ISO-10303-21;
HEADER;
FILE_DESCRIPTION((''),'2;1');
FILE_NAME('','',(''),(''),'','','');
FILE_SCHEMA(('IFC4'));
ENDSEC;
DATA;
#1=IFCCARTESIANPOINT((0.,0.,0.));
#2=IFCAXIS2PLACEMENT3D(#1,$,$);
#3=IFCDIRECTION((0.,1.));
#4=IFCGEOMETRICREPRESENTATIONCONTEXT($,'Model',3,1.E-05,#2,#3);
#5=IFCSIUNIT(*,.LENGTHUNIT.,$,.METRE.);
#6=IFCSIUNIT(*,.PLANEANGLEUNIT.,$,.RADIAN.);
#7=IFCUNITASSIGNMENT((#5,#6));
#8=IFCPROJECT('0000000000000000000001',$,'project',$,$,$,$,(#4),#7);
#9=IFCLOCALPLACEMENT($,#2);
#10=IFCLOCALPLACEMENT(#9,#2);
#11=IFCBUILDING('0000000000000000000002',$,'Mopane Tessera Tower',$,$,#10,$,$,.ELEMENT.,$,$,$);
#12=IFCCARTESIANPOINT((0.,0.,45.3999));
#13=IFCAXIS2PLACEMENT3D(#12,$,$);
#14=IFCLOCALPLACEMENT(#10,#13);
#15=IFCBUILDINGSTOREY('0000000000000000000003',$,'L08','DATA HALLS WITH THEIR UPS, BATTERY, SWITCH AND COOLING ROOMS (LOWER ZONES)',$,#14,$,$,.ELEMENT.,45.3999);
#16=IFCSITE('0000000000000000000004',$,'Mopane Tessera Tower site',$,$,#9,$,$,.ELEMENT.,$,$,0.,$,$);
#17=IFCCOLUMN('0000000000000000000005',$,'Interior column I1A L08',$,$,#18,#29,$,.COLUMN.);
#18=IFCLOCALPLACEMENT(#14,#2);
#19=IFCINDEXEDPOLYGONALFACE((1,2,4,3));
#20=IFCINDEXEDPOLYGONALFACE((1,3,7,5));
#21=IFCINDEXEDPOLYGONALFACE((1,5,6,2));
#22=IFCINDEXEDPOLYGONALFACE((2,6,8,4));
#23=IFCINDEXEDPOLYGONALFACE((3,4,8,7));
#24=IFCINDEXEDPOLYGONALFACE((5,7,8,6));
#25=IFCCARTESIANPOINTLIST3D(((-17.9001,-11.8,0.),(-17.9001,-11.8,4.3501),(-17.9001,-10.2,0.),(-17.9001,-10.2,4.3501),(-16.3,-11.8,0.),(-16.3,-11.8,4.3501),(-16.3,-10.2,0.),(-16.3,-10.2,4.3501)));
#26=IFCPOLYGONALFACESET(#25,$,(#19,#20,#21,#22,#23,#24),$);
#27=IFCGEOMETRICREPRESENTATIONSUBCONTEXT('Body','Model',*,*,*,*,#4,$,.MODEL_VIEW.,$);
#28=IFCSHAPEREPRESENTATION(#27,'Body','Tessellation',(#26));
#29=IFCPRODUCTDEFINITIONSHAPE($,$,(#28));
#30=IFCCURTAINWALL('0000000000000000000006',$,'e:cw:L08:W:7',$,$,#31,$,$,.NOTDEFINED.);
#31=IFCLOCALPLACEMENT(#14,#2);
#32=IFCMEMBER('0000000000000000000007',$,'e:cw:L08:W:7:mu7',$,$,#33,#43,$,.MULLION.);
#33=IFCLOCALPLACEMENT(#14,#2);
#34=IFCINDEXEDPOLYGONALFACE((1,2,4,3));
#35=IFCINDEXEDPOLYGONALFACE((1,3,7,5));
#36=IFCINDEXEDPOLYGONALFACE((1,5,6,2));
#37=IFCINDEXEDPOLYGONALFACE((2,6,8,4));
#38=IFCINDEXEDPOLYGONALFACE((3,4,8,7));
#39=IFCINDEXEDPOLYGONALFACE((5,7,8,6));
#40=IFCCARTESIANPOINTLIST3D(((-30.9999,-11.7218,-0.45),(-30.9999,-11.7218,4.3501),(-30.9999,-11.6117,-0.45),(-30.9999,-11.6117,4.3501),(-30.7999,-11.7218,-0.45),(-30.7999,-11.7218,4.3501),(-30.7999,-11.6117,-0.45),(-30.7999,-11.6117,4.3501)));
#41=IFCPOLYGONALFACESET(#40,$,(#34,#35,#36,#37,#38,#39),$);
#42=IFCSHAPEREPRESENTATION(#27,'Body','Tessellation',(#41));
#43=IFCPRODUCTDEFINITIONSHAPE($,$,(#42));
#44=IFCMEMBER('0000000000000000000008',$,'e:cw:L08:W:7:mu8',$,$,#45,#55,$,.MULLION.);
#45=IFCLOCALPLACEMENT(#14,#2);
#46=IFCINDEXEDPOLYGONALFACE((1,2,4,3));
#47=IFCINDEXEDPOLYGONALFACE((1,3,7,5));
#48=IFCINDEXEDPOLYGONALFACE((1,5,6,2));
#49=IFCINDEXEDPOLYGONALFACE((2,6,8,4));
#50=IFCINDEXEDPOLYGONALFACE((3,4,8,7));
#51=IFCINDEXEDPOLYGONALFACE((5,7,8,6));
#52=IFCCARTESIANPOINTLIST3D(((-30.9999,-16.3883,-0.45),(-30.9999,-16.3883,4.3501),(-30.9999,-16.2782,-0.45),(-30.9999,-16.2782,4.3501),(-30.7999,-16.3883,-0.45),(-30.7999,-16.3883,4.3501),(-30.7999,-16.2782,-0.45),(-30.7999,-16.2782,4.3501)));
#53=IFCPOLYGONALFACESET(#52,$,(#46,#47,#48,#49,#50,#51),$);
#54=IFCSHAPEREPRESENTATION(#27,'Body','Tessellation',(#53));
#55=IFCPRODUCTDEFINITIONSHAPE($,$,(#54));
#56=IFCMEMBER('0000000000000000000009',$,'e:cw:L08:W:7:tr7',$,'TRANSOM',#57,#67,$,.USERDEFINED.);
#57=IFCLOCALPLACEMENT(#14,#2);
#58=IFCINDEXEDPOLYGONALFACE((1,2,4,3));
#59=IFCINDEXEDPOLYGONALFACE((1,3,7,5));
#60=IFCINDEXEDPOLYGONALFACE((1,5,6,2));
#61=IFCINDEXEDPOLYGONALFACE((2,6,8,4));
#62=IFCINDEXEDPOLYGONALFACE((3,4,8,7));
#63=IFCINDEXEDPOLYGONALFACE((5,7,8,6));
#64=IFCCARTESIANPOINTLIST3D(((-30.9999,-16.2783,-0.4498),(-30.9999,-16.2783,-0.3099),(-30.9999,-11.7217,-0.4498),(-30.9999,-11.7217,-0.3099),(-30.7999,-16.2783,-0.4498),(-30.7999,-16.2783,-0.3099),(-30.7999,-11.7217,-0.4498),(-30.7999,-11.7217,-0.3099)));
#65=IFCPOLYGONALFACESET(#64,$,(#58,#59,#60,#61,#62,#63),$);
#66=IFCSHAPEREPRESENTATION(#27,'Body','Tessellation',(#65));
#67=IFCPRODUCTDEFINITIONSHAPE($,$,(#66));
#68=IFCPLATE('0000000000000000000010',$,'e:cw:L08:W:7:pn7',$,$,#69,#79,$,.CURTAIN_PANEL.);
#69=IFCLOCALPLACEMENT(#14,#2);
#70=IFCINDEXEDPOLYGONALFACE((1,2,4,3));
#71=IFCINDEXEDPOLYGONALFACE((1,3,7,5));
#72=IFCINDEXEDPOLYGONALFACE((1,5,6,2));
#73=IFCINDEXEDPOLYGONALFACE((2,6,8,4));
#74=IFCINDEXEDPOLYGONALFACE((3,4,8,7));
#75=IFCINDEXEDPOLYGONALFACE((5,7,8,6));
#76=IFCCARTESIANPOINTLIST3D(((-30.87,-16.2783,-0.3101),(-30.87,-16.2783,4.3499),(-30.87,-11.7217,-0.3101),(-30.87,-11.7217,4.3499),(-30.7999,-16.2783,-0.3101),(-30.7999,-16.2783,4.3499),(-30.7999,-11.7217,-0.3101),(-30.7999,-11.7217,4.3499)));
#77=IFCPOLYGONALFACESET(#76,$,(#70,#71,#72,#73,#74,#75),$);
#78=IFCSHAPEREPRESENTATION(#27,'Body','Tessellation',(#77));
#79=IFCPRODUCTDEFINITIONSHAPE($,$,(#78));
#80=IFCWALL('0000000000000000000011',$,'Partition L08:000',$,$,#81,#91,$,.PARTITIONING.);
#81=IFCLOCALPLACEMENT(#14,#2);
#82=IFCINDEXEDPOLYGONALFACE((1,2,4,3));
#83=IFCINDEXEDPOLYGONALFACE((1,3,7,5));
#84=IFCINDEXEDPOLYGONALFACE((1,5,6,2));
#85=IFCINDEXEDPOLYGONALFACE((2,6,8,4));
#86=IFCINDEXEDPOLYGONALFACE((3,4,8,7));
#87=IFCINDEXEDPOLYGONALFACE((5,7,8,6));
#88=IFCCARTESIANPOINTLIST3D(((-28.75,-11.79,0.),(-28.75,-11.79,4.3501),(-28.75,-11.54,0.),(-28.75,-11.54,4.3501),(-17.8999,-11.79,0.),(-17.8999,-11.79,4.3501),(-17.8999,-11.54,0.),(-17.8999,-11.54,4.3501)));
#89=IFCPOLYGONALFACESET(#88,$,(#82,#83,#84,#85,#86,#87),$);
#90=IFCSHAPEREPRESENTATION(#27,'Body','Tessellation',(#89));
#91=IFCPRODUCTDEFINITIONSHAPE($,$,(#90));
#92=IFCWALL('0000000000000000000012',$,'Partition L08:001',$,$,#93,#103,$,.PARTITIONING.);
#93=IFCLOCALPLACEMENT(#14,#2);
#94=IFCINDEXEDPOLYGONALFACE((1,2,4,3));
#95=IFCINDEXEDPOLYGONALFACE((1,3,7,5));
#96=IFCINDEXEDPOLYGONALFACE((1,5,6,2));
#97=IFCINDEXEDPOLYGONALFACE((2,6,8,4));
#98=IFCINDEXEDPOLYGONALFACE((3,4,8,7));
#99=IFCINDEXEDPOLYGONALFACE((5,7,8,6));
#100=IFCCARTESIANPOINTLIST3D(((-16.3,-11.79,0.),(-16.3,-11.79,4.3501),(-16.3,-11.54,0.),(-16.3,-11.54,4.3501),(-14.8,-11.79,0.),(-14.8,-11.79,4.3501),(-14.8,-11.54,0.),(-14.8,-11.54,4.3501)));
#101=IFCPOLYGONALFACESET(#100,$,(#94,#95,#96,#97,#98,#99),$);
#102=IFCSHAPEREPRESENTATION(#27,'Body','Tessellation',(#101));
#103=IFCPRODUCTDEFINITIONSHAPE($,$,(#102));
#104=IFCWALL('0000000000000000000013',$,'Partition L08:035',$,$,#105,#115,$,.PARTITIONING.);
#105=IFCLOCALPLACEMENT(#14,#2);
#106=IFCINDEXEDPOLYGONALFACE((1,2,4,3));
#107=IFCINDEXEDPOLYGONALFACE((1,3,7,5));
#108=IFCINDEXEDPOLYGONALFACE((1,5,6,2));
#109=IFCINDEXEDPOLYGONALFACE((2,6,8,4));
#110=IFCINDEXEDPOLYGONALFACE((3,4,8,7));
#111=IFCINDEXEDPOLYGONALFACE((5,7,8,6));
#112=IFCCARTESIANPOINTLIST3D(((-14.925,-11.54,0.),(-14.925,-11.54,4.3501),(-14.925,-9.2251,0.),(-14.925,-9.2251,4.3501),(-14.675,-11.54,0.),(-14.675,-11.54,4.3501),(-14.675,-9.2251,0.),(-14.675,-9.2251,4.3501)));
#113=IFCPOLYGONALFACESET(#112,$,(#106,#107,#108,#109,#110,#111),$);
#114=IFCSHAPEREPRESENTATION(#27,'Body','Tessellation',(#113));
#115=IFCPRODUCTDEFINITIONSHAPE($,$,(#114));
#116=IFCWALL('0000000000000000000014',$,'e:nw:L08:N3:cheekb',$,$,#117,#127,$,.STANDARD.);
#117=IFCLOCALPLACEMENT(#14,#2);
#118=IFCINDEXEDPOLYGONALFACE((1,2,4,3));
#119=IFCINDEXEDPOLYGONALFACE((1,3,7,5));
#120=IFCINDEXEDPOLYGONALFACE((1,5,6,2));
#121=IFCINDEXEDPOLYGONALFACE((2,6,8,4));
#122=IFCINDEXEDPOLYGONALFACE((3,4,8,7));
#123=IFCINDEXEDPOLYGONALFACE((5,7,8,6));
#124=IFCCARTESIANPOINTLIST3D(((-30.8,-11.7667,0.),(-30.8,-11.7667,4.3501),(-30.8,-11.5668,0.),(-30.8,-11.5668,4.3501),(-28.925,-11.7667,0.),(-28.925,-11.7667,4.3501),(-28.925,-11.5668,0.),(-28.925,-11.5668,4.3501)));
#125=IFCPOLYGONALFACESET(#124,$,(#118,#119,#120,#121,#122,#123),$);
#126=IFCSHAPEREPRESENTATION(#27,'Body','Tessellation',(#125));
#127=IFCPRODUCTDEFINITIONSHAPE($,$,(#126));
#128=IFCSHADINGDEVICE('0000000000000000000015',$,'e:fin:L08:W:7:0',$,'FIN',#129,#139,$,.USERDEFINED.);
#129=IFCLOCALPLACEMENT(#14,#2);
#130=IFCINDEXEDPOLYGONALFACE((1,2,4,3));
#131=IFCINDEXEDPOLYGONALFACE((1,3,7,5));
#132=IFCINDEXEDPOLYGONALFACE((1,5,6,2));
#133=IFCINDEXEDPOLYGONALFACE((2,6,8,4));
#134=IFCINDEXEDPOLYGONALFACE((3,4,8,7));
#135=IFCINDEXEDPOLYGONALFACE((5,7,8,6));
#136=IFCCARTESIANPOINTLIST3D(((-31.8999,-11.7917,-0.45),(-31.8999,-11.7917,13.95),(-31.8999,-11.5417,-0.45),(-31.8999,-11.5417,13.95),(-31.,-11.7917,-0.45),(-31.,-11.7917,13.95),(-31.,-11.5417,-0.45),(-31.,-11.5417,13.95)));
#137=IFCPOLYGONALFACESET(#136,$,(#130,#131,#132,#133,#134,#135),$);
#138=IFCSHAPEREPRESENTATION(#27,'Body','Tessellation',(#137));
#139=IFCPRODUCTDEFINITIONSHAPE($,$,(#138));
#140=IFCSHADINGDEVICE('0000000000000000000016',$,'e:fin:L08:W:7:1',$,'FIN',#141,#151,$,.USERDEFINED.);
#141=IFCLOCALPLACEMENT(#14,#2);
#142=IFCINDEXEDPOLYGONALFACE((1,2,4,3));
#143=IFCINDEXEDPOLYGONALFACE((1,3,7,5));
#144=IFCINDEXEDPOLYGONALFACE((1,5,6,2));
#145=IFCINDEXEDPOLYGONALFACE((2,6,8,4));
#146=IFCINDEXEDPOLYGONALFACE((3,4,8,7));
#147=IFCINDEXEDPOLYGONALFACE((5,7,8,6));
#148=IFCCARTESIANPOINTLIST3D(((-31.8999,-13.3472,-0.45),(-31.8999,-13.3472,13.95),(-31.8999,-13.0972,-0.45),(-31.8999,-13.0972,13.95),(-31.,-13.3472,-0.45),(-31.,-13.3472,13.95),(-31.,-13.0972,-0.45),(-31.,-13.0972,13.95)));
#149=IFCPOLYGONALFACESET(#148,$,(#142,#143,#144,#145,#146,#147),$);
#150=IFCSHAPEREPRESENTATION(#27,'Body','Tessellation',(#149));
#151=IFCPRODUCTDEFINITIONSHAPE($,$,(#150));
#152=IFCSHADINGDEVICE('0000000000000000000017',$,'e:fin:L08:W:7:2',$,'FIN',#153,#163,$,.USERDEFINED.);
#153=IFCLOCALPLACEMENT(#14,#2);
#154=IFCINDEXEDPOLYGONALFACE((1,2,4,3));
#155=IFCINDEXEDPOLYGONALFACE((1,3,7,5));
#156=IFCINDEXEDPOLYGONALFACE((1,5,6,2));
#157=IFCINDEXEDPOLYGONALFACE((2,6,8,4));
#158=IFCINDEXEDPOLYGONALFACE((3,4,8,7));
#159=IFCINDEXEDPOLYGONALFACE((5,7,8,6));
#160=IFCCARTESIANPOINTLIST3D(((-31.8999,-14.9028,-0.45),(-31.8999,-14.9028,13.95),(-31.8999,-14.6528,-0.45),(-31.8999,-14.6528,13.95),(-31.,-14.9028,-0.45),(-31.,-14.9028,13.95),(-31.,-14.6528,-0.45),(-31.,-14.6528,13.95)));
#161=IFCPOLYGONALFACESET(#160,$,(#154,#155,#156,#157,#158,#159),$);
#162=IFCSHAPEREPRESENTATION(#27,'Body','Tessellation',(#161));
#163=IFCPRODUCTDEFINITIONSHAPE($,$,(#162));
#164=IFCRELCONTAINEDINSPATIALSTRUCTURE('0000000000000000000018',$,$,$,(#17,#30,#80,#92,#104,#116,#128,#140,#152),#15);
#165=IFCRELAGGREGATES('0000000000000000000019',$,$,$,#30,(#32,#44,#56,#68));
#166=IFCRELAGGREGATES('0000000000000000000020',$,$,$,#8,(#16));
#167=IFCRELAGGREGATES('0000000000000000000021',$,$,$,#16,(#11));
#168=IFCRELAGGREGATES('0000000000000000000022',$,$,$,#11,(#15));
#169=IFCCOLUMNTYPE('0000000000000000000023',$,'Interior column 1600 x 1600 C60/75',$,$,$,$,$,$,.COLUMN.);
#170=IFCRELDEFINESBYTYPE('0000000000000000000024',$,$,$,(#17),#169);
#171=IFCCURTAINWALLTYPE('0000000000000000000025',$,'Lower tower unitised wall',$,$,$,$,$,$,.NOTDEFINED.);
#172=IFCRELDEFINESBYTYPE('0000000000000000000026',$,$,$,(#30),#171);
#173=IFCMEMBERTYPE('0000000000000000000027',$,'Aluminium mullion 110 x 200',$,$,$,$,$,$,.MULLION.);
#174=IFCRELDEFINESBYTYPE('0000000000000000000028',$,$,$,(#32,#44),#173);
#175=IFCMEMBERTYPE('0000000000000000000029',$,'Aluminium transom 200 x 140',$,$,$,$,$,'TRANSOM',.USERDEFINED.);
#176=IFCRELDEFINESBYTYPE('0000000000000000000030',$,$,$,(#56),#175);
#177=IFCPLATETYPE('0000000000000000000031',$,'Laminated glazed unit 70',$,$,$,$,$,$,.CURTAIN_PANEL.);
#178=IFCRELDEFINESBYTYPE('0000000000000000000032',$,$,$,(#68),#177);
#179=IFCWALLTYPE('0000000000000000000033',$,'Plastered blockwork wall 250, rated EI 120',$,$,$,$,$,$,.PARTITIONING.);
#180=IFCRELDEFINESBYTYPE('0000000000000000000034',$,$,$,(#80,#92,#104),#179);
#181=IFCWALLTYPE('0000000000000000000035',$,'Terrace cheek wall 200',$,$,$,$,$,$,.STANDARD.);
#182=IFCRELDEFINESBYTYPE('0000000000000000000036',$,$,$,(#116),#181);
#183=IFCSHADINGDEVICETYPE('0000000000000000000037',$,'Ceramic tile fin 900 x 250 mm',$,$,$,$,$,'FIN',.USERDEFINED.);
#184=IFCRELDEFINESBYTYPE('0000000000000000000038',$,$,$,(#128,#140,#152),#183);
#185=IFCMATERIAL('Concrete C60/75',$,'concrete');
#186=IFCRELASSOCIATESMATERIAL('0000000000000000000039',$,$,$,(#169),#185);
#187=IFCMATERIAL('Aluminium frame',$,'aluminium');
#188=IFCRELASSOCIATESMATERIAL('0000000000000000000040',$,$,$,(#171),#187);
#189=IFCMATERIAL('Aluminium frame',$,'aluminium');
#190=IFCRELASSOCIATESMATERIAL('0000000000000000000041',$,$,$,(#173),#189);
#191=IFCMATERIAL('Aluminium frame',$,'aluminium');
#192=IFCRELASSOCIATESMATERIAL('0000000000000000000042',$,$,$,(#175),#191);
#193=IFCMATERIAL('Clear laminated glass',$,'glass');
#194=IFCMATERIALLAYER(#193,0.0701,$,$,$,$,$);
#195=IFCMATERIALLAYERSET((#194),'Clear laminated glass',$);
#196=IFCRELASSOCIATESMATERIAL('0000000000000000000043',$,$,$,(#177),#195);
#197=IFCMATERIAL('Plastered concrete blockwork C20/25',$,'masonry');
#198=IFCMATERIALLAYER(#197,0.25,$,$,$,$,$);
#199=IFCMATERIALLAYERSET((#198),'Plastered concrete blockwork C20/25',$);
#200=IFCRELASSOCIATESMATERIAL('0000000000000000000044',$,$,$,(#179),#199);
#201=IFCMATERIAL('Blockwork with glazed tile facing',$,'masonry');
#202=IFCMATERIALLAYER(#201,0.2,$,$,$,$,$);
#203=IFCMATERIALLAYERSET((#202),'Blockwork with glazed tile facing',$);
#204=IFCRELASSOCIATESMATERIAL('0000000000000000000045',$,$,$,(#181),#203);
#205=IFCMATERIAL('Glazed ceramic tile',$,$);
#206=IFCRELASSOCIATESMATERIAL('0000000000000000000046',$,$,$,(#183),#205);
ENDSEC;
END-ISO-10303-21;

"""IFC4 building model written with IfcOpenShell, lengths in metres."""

from ifc_helpers import new_model, si_unit, direction, frame, frame_2d, origin, origin_2d, place, context, subcontext, project, spatial, rectangle, extrude, material, layer, layer_set, material_profile, profile_set, type_object, element, aggregate, save


model = new_model("IFC4")

# Units and contexts
model_context = context("Model", 3, precision=1e-05, world=origin(), true_north=direction((0.0, 1.0)))
body_context = subcontext(model_context, "Body", "Model", "MODEL_VIEW")
ifc_project = project(units=[si_unit("LENGTHUNIT", "METRE"), si_unit("PLANEANGLEUNIT", "RADIAN")], contexts=[model_context])

# Site, building, storey
site_placement = place(None, origin())
site = spatial("IfcSite", under=ifc_project, at=site_placement, Name="Mopane Tessera Tower site", CompositionType="ELEMENT", RefElevation=0.0)
building_placement = place(site_placement, origin())
building = spatial("IfcBuilding", under=site, at=building_placement, Name="Mopane Tessera Tower", CompositionType="ELEMENT")
storey_placement = place(building_placement, frame((0.0, 0.0, 45.3999)))
storey = spatial("IfcBuildingStorey", under=building, at=storey_placement, Name="L08", Description="DATA HALLS WITH THEIR UPS, BATTERY, SWITCH AND COOLING ROOMS (LOWER ZONES)", CompositionType="ELEMENT", Elevation=45.3999)

# Column
ifc_material_1 = material(Name="Concrete C60/75", Category="concrete")
ifc_material_profile_1 = material_profile(ifc_material_1, rectangle(XDim=1.6001, YDim=1.6001, at=origin_2d()))
ifc_profile_set_1 = profile_set([ifc_material_profile_1], Name="Concrete C60/75")
column_type = type_object("IfcColumnType", Name="Interior column 1600 x 1600 C60/75", PredefinedType="COLUMN", material=ifc_profile_set_1)
column_placement = place(storey_placement, frame((-17.1001, -11.0, 0.0), z_axis=(0.0, 0.0, 1.0), x_axis=(1.0, 0.0, 0.0)))
element("IfcColumn", 1, at=column_placement, inside=storey, type_object=column_type, Name="Interior column I1A L08", PredefinedType="COLUMN", context=body_context, shape_type="SweptSolid", body=[
    extrude(rectangle(XDim=1.6001, YDim=1.6001, at=origin_2d()), origin(), (0.0, 0.0, 1.0), 4.3501),
])

# Curtain wall, members, plate
ifc_material_2 = material(Name="Aluminium frame", Category="aluminium")
curtain_wall_type = type_object("IfcCurtainWallType", Name="Lower tower unitised wall", PredefinedType="NOTDEFINED", material=ifc_material_2)
curtain_wall_placement = place(storey_placement, origin())
curtain_wall = element("IfcCurtainWall", 2, at=curtain_wall_placement, inside=storey, type_object=curtain_wall_type, Name="e:cw:L08:W:7", PredefinedType="NOTDEFINED")
ifc_material_3 = material(Name="Aluminium frame", Category="aluminium")
ifc_material_profile_2 = material_profile(ifc_material_3, rectangle(XDim=0.1101, YDim=0.2, at=origin_2d()))
ifc_profile_set_2 = profile_set([ifc_material_profile_2], Name="Aluminium frame")
member_type_1 = type_object("IfcMemberType", Name="Aluminium mullion 110 x 200", PredefinedType="MULLION", material=ifc_profile_set_2)
member_1_placement = place(storey_placement, frame((-30.8999, -11.6667, -0.45), z_axis=(0.0, 0.0, 1.0), x_axis=(0.0, -1.0, 0.0)))
member_1 = element("IfcMember", 3, at=member_1_placement, type_object=member_type_1, Name="e:cw:L08:W:7:mu7", PredefinedType="MULLION", context=body_context, shape_type="SweptSolid", body=[
    extrude(rectangle(XDim=0.1101, YDim=0.2, at=origin_2d()), origin(), (0.0, 0.0, 1.0), 4.8),
])
member_2_placement = place(storey_placement, frame((-30.8999, -16.3333, -0.45), z_axis=(0.0, 0.0, 1.0), x_axis=(0.0, -1.0, 0.0)))
member_2 = element("IfcMember", 4, at=member_2_placement, type_object=member_type_1, Name="e:cw:L08:W:7:mu8", PredefinedType="MULLION", context=body_context, shape_type="SweptSolid", body=[
    extrude(rectangle(XDim=0.1101, YDim=0.2, at=origin_2d()), origin(), (0.0, 0.0, 1.0), 4.8),
])
ifc_material_4 = material(Name="Aluminium frame", Category="aluminium")
ifc_material_profile_3 = material_profile(ifc_material_4, rectangle(XDim=0.2, YDim=0.1399, at=origin_2d()))
ifc_profile_set_3 = profile_set([ifc_material_profile_3], Name="Aluminium frame")
member_type_2 = type_object("IfcMemberType", Name="Aluminium transom 200 x 140", ElementType="TRANSOM", PredefinedType="USERDEFINED", material=ifc_profile_set_3)
member_3_placement = place(storey_placement, frame((-30.8999, -11.7217, -0.3799), z_axis=(0.0, -1.0, 0.0), x_axis=(1.0, 0.0, 0.0)))
member_3 = element("IfcMember", 5, at=member_3_placement, type_object=member_type_2, Name="e:cw:L08:W:7:tr7", ObjectType="TRANSOM", PredefinedType="USERDEFINED", context=body_context, shape_type="SweptSolid", body=[
    extrude(rectangle(XDim=0.2, YDim=0.1399, at=origin_2d()), origin(), (0.0, 0.0, 1.0), 4.5566),
])
ifc_material_5 = material(Name="Clear laminated glass", Category="glass")
ifc_layer_1 = layer(ifc_material_5, 0.0701)
ifc_layer_set_1 = layer_set([ifc_layer_1], Name="Clear laminated glass")
plate_type = type_object("IfcPlateType", Name="Laminated glazed unit 70", PredefinedType="CURTAIN_PANEL", material=ifc_layer_set_1)
plate_placement = place(storey_placement, frame((-30.835, -14.0, -0.3101), z_axis=(0.0, 0.0, 1.0), x_axis=(0.0, -1.0, 0.0)))
plate = element("IfcPlate", 6, at=plate_placement, type_object=plate_type, Name="e:cw:L08:W:7:pn7", PredefinedType="CURTAIN_PANEL", context=body_context, shape_type="SweptSolid", body=[
    extrude(rectangle(XDim=4.5566, YDim=0.0701, at=origin_2d()), origin(), (0.0, 0.0, 1.0), 4.6599),
])
aggregate(curtain_wall, [member_1, member_2, member_3, plate])

# Walls
ifc_material_6 = material(Name="Plastered concrete blockwork C20/25", Category="masonry")
ifc_layer_2 = layer(ifc_material_6, 0.25)
ifc_layer_set_2 = layer_set([ifc_layer_2], Name="Plastered concrete blockwork C20/25")
wall_type_1 = type_object("IfcWallType", Name="Plastered blockwork wall 250, rated EI 120", PredefinedType="PARTITIONING", material=ifc_layer_set_2)
wall_1_placement = place(storey_placement, frame((-28.75, -11.665, 0.0), z_axis=(0.0, 0.0, 1.0), x_axis=(1.0, 0.0, 0.0)))
element("IfcWall", 7, at=wall_1_placement, inside=storey, type_object=wall_type_1, Name="Partition L08:000", PredefinedType="PARTITIONING", context=body_context, shape_type="SweptSolid", body=[
    extrude(rectangle(XDim=10.8501, YDim=0.25, at=frame_2d((5.425, 0.0))), origin(), (0.0, 0.0, 1.0), 4.3501),
])
wall_2_placement = place(storey_placement, frame((-16.3, -11.665, 0.0), z_axis=(0.0, 0.0, 1.0), x_axis=(1.0, 0.0, 0.0)))
element("IfcWall", 8, at=wall_2_placement, inside=storey, type_object=wall_type_1, Name="Partition L08:001", PredefinedType="PARTITIONING", context=body_context, shape_type="SweptSolid", body=[
    extrude(rectangle(XDim=1.5, YDim=0.25, at=frame_2d((0.75, 0.0))), origin(), (0.0, 0.0, 1.0), 4.3501),
])
wall_3_placement = place(storey_placement, frame((-14.8, -11.54, 0.0), z_axis=(0.0, 0.0, 1.0), x_axis=(0.0, 1.0, 0.0)))
element("IfcWall", 9, at=wall_3_placement, inside=storey, type_object=wall_type_1, Name="Partition L08:035", PredefinedType="PARTITIONING", context=body_context, shape_type="SweptSolid", body=[
    extrude(rectangle(XDim=2.3149, YDim=0.25, at=frame_2d((1.1575, 0.0))), origin(), (0.0, 0.0, 1.0), 4.3501),
])
ifc_material_7 = material(Name="Blockwork with glazed tile facing", Category="masonry")
ifc_layer_3 = layer(ifc_material_7, 0.2)
ifc_layer_set_3 = layer_set([ifc_layer_3], Name="Blockwork with glazed tile facing")
wall_type_2 = type_object("IfcWallType", Name="Terrace cheek wall 200", PredefinedType="STANDARD", material=ifc_layer_set_3)
wall_4_placement = place(storey_placement, frame((-30.8, -11.6667, 0.0), z_axis=(0.0, 0.0, 1.0), x_axis=(1.0, 0.0, 0.0)))
element("IfcWall", 10, at=wall_4_placement, inside=storey, type_object=wall_type_2, Name="e:nw:L08:N3:cheekb", PredefinedType="STANDARD", context=body_context, shape_type="SweptSolid", body=[
    extrude(rectangle(XDim=1.875, YDim=0.2, at=frame_2d((0.9375, 0.0))), origin(), (0.0, 0.0, 1.0), 4.3501),
])

# Shading devices
ifc_material_8 = material(Name="Glazed ceramic tile")
shading_device_type = type_object("IfcShadingDeviceType", Name="Ceramic tile fin 900 x 250 mm", ElementType="FIN", PredefinedType="USERDEFINED", material=ifc_material_8)
for number, where, z_axis, x_axis, name in (
    (11, (-31.45, -11.6667, -0.45), (0.0, 0.0, 1.0), (0.0, -1.0, 0.0), "e:fin:L08:W:7:0"),
    (12, (-31.45, -13.2222, -0.45), (0.0, 0.0, 1.0), (0.0, -1.0, 0.0), "e:fin:L08:W:7:1"),
    (13, (-31.45, -14.7778, -0.45), (0.0, 0.0, 1.0), (0.0, -1.0, 0.0), "e:fin:L08:W:7:2"),
):
    element("IfcShadingDevice", number, at=place(storey_placement, frame(where, z_axis=z_axis, x_axis=x_axis)), inside=storey, type_object=shading_device_type, Name=name, ObjectType="FIN", PredefinedType="USERDEFINED", context=body_context, shape_type="SweptSolid", body=[
        extrude(rectangle(XDim=0.25, YDim=0.8999, at=origin_2d()), origin(), (0.0, 0.0, 1.0), 14.3999),
    ])

save(model, "model.ifc")
